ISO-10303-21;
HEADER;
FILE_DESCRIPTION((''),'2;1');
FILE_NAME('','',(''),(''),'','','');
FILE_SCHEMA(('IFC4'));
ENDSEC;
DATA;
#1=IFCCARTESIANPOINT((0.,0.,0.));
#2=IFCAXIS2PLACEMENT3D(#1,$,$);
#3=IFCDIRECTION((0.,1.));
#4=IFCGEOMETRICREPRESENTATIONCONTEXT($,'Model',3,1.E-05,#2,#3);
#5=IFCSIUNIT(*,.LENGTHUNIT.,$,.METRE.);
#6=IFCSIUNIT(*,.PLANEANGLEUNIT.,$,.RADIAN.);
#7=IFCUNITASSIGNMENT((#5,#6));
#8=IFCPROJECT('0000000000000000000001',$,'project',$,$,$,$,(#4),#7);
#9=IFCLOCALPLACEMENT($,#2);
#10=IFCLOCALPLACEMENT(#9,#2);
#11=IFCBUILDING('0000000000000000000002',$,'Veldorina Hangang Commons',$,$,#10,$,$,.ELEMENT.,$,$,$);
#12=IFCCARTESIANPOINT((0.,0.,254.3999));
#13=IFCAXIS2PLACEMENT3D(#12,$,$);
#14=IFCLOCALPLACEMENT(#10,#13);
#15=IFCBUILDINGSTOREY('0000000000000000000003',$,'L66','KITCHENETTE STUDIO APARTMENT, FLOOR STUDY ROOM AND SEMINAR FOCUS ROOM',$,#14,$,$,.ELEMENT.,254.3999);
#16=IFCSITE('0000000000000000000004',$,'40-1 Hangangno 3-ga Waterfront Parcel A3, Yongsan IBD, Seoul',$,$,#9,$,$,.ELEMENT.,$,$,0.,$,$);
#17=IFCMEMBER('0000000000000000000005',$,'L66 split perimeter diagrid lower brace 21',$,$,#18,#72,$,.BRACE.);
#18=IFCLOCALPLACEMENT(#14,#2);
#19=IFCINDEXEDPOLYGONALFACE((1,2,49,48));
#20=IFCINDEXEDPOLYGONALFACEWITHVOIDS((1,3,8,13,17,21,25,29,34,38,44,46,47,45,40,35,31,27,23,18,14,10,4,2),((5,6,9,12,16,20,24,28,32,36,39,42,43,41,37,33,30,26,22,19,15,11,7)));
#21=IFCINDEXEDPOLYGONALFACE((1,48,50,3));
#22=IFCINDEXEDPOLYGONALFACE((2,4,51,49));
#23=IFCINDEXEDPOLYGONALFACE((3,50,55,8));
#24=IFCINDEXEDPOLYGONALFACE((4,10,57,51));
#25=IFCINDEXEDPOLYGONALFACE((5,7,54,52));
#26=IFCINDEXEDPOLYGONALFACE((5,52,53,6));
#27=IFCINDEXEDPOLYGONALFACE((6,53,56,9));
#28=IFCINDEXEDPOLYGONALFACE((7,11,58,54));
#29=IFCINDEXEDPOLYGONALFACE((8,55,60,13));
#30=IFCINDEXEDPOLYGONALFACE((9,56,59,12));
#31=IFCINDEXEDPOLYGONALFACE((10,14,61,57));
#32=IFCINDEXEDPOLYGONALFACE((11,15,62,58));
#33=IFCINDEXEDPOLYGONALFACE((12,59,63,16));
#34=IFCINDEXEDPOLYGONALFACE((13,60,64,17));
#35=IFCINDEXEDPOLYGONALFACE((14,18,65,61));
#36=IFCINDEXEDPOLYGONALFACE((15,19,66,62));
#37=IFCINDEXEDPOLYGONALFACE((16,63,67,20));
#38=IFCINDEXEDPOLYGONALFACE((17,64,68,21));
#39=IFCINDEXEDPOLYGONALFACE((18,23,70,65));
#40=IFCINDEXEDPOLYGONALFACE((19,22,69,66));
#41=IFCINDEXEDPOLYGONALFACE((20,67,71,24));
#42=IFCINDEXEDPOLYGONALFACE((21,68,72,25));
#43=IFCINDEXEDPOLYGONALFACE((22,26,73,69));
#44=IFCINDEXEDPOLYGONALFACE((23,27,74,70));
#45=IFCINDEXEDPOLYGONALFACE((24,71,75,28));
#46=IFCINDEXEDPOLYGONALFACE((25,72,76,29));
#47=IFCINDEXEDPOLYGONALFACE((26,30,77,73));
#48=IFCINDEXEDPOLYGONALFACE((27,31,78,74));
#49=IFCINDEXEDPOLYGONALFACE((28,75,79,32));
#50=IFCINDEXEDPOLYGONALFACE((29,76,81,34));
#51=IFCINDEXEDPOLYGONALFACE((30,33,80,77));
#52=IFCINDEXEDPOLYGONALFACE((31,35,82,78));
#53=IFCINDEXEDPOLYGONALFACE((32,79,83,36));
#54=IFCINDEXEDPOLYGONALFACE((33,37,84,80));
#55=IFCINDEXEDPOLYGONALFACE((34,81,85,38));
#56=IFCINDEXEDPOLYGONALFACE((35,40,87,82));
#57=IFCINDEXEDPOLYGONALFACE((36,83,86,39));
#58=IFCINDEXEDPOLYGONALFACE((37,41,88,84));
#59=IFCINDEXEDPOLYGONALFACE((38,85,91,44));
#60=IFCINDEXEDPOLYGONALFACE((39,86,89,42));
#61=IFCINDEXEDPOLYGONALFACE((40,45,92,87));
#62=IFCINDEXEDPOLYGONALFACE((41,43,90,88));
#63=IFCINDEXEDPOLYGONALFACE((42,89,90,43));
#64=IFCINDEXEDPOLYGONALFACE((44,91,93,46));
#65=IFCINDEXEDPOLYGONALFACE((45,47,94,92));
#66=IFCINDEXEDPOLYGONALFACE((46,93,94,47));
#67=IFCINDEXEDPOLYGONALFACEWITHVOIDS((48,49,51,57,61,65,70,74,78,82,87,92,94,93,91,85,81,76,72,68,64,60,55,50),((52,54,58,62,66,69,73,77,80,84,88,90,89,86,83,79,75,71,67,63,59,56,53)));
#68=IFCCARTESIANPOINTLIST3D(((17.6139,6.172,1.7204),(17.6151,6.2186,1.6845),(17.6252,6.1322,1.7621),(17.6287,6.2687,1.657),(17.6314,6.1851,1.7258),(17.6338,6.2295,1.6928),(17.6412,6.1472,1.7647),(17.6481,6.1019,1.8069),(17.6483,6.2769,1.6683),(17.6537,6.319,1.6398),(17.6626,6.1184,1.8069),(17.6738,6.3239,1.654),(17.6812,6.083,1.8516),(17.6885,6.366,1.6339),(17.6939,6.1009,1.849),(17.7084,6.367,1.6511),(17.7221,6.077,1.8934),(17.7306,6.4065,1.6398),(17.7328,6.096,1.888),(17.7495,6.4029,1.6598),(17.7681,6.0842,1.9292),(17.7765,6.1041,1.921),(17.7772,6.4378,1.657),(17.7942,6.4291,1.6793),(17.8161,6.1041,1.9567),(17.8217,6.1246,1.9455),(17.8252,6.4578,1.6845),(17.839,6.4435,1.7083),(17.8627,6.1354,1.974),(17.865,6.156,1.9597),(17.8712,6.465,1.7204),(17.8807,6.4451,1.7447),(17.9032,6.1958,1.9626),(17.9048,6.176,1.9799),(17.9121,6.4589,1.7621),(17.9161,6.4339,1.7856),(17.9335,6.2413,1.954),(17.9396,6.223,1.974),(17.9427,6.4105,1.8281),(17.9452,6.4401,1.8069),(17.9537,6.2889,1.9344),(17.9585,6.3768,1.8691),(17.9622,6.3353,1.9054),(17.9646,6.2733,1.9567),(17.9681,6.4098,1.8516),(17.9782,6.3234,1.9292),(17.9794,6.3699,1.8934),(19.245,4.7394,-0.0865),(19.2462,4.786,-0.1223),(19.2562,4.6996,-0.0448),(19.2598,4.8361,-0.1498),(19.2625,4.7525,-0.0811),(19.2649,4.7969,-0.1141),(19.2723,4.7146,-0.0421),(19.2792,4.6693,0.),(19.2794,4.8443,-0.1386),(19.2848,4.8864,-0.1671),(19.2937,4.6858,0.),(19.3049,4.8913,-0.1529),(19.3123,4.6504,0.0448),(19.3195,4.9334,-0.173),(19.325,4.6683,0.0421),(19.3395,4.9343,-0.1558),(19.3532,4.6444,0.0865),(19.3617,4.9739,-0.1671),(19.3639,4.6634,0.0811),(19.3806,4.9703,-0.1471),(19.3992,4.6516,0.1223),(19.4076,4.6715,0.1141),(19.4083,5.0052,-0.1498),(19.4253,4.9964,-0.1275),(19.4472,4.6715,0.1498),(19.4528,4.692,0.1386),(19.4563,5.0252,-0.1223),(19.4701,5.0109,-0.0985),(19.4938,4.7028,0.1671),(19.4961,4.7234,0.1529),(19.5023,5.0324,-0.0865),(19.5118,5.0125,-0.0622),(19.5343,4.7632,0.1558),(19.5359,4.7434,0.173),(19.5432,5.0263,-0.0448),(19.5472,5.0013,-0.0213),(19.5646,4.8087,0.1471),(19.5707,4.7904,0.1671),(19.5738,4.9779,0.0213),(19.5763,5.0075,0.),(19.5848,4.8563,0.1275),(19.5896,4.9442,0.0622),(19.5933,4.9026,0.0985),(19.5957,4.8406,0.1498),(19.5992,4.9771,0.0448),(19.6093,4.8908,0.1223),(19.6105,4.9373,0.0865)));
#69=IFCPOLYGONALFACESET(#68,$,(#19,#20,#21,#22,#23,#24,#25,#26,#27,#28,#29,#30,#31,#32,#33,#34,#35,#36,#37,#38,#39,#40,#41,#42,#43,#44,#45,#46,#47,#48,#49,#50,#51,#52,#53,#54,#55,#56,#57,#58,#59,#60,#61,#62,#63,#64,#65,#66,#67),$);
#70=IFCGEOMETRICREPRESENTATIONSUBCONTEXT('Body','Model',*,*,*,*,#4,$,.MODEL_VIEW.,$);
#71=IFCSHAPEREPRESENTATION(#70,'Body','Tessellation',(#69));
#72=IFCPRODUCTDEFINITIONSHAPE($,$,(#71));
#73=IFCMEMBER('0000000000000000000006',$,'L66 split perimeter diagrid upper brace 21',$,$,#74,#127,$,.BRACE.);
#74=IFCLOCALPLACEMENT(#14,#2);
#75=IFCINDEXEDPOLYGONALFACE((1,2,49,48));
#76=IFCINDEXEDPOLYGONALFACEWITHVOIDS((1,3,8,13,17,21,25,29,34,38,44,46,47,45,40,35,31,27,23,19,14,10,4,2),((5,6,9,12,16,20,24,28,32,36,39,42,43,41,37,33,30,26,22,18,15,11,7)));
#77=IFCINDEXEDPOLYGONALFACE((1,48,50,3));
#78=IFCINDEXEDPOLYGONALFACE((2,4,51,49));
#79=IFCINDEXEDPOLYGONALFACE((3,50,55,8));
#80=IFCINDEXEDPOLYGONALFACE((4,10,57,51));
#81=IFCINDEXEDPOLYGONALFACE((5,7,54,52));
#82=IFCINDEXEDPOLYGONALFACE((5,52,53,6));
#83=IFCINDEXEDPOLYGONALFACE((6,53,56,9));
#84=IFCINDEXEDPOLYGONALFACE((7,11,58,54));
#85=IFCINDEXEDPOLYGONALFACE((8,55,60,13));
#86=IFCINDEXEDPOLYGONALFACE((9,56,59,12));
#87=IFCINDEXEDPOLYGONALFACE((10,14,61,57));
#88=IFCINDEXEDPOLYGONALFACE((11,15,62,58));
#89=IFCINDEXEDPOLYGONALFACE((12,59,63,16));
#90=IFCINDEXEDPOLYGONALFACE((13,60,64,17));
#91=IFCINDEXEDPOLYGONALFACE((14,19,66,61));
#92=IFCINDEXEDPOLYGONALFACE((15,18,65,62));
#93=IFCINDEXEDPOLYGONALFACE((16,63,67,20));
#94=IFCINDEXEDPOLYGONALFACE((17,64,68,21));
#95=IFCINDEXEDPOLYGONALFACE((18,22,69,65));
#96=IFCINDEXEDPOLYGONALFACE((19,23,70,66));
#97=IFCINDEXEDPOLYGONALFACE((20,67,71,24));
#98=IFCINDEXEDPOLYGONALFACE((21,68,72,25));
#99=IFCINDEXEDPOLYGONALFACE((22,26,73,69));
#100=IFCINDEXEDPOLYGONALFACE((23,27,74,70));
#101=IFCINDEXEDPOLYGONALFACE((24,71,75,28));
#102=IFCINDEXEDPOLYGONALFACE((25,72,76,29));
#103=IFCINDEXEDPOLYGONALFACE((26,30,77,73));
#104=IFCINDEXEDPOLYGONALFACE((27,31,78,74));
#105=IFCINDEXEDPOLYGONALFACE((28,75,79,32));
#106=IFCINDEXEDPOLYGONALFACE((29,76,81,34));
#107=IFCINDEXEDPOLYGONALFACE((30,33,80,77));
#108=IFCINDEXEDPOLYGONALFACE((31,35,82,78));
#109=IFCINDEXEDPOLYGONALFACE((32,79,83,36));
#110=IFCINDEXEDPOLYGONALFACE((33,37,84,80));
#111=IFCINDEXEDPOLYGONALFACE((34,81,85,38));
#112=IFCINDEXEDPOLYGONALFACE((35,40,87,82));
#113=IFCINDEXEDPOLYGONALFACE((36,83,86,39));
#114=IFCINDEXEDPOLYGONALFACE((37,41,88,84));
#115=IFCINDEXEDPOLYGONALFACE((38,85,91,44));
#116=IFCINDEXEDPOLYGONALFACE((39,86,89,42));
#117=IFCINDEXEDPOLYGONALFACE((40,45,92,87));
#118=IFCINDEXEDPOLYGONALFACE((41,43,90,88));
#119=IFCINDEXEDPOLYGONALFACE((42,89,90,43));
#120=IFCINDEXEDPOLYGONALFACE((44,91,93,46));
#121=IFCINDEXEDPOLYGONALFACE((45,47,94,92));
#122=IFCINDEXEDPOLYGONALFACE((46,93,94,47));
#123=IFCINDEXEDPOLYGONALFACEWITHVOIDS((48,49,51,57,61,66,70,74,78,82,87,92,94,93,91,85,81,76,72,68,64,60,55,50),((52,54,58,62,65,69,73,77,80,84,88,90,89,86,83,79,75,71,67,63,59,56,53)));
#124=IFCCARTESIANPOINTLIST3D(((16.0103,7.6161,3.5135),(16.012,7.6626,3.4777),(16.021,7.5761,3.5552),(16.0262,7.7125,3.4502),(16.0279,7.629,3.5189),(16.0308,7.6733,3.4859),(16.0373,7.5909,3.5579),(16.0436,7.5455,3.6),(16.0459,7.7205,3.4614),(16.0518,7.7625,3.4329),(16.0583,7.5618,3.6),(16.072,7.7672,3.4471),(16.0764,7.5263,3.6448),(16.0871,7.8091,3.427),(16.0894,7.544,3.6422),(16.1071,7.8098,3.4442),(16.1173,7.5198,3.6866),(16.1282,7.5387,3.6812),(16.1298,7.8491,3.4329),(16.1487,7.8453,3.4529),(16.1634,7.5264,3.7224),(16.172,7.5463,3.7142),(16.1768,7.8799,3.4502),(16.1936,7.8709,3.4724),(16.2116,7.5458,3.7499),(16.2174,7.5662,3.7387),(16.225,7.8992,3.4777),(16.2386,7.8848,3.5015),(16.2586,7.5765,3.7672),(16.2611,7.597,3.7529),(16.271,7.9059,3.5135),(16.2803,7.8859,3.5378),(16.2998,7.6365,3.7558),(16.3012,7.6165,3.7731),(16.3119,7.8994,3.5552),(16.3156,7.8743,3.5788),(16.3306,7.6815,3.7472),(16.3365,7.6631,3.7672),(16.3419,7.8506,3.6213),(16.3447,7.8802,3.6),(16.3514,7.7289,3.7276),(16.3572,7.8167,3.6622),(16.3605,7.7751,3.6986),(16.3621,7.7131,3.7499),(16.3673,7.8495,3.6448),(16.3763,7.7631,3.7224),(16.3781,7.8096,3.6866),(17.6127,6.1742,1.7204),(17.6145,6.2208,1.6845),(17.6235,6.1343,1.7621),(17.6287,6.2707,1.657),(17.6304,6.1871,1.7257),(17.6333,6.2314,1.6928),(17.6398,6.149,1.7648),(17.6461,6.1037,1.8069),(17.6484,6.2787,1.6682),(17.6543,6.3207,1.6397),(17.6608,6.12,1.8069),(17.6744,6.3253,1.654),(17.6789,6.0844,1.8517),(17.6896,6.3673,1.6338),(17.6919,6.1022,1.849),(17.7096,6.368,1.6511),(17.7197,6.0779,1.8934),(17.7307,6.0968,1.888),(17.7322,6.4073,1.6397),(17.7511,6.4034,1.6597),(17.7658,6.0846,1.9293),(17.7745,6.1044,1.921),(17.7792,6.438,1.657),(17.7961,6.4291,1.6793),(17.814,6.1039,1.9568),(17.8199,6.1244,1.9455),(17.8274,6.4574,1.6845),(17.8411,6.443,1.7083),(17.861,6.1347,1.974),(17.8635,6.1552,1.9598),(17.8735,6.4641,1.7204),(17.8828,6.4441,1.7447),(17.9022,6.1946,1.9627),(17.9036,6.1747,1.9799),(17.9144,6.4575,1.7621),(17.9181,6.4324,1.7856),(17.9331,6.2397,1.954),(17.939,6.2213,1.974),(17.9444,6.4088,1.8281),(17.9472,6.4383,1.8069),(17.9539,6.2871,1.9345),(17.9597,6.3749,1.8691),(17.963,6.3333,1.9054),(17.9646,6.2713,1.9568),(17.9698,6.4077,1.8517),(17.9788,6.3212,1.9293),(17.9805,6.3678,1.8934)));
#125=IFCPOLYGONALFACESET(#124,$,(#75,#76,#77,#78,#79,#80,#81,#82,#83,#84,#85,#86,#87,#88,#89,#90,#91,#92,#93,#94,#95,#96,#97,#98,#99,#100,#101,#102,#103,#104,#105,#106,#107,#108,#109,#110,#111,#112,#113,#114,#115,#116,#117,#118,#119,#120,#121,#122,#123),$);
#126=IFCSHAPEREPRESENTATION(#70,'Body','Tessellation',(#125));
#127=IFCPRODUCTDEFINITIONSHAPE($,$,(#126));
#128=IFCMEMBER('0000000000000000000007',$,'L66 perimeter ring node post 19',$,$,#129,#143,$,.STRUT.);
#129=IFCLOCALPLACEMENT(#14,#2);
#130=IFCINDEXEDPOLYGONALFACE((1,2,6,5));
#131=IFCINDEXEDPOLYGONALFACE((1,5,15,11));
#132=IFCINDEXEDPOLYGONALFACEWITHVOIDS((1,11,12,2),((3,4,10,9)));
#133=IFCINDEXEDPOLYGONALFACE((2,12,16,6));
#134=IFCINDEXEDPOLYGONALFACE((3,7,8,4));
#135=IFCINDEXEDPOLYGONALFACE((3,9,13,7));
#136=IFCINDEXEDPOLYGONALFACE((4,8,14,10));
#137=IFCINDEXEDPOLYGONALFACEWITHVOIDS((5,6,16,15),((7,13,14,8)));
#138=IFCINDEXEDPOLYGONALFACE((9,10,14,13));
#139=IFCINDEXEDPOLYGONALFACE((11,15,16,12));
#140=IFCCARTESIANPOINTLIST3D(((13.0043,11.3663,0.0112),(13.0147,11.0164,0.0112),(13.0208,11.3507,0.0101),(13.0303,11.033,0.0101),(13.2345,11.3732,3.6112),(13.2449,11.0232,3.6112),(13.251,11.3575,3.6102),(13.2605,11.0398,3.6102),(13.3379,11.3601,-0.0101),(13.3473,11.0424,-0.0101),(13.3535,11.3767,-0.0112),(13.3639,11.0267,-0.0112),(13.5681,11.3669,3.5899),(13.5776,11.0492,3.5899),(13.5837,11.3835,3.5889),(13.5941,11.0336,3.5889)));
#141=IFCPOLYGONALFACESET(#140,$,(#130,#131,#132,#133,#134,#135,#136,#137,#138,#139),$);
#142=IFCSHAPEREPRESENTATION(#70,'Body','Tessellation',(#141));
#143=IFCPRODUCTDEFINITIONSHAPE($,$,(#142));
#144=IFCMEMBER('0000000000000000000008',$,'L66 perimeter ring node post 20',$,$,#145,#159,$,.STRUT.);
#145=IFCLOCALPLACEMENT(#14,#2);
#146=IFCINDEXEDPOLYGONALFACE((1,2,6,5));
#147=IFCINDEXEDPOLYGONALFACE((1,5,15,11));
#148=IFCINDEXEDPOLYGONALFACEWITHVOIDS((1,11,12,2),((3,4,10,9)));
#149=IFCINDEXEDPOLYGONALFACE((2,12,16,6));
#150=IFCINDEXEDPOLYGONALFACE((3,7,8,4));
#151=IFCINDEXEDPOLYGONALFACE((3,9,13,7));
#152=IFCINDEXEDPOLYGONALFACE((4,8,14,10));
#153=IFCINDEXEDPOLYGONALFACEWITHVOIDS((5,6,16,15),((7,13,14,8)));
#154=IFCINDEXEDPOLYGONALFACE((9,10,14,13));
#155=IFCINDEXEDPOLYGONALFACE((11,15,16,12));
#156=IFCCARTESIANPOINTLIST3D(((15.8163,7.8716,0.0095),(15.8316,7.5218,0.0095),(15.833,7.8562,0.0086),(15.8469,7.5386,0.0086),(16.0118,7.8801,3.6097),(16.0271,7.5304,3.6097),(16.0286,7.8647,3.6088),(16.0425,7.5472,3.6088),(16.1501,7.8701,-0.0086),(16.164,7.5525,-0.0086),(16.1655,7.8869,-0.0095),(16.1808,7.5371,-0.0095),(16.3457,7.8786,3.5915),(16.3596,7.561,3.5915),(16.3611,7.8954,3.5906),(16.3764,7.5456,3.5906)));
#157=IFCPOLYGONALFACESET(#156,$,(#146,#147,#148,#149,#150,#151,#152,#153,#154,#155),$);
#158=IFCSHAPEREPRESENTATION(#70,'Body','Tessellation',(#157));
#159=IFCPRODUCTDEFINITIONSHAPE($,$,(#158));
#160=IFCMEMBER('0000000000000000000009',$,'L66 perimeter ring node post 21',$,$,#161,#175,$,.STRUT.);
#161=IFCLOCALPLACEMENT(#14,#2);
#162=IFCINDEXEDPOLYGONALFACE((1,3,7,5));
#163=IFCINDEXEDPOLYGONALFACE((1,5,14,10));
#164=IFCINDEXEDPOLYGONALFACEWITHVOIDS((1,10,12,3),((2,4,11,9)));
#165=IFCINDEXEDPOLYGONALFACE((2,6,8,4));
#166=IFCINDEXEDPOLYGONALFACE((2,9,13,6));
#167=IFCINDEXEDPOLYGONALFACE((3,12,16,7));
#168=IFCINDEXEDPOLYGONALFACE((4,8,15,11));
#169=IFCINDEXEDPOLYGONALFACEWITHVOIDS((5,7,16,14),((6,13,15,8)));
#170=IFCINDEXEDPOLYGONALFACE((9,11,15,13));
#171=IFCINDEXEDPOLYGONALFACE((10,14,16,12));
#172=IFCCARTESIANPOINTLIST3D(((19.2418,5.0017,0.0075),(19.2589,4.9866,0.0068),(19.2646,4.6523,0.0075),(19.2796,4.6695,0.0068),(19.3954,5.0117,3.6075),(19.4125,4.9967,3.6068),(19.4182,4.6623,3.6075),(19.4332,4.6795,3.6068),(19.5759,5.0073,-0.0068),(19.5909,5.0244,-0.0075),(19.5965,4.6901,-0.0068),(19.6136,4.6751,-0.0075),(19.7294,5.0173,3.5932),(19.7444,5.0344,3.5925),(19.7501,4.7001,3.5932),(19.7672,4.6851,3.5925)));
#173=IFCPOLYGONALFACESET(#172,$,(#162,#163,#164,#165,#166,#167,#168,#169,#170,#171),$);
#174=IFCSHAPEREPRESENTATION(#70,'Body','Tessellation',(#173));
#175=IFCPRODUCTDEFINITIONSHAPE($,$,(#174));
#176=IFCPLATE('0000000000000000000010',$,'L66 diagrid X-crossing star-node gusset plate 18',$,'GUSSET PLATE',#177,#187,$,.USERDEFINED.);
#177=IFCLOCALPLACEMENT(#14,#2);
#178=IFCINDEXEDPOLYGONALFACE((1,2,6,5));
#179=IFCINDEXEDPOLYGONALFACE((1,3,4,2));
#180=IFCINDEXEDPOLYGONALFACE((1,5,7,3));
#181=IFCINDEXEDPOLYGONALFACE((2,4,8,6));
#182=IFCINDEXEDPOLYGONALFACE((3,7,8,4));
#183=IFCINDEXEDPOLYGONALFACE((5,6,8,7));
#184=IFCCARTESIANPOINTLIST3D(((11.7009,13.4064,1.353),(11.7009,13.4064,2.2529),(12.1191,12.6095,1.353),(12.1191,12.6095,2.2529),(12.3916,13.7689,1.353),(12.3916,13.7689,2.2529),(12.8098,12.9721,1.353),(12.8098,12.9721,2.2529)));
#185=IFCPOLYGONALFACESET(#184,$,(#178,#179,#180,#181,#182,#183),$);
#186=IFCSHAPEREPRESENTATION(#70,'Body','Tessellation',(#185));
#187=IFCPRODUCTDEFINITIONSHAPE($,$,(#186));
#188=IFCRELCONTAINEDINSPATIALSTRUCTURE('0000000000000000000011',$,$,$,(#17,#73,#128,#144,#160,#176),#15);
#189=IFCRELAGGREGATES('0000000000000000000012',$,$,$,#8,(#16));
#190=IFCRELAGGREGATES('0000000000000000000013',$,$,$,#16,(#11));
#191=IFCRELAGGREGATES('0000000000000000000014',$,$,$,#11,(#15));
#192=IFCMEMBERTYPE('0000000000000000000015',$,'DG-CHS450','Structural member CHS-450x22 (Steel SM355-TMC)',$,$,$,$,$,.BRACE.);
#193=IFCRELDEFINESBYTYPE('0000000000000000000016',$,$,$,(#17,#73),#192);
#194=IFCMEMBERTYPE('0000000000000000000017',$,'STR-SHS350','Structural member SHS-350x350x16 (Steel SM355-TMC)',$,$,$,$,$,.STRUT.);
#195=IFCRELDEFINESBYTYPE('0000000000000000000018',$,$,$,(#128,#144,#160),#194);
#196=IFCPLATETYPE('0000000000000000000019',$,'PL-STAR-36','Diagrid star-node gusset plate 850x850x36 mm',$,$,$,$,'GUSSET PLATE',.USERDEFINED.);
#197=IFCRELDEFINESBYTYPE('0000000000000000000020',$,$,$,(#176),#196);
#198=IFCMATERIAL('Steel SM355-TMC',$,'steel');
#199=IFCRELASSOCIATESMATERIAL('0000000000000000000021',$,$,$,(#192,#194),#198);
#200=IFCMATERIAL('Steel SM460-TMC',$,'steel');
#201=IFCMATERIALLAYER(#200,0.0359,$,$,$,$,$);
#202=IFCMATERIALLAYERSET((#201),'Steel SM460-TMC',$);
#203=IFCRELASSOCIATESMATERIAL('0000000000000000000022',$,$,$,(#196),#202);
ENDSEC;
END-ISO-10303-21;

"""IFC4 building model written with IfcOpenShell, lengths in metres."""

from ifc_helpers import new_model, si_unit, direction, frame, origin, origin_2d, place, context, subcontext, project, spatial, rectangle, hollow_rectangle, hollow_circle, extrude, material, layer, layer_set, material_profile, profile_set, type_object, element, save


model = new_model("IFC4")

# Units and contexts
model_context = context("Model", 3, precision=1e-05, world=origin(), true_north=direction((0.0, 1.0)))
body_context = subcontext(model_context, "Body", "Model", "MODEL_VIEW")
ifc_project = project(units=[si_unit("LENGTHUNIT", "METRE"), si_unit("PLANEANGLEUNIT", "RADIAN")], contexts=[model_context])

# Site, building, storey
site_placement = place(None, origin())
site = spatial("IfcSite", under=ifc_project, at=site_placement, Name="40-1 Hangangno 3-ga Waterfront Parcel A3, Yongsan IBD, Seoul", CompositionType="ELEMENT", RefElevation=0.0)
building_placement = place(site_placement, origin())
building = spatial("IfcBuilding", under=site, at=building_placement, Name="Veldorina Hangang Commons", CompositionType="ELEMENT")
storey_placement = place(building_placement, frame((0.0, 0.0, 254.3999)))
storey = spatial("IfcBuildingStorey", under=building, at=storey_placement, Name="L66", Description="KITCHENETTE STUDIO APARTMENT, FLOOR STUDY ROOM AND SEMINAR FOCUS ROOM", CompositionType="ELEMENT", Elevation=254.3999)

# Shared definitions
ifc_material_1 = material(Name="Steel SM355-TMC", Category="steel")

# Members
ifc_material_profile_1 = material_profile(ifc_material_1, hollow_circle(Radius=0.2251, WallThickness=0.022, at=origin_2d()), Name="CHS-450x22")
ifc_profile_set_1 = profile_set([ifc_material_profile_1], Name="Steel SM355-TMC")
member_type_1 = type_object("IfcMemberType", Name="DG-CHS450", Description="Structural member CHS-450x22 (Steel SM355-TMC)", PredefinedType="BRACE", material=ifc_profile_set_1)
member_1_placement = place(storey_placement, frame((19.4277, 4.8384, 0.0), z_axis=(-0.577487, 0.507213, 0.639722), x_axis=(-0.659913, -0.751342, 0.0)))
element("IfcMember", 1, at=member_1_placement, inside=storey, type_object=member_type_1, Name="L66 split perimeter diagrid lower brace 21", PredefinedType="BRACE", context=body_context, shape_type="SweptSolid", body=[
    extrude(hollow_circle(Radius=0.2251, WallThickness=0.022, at=origin_2d()), origin(), (0.0, 0.0, 1.0), 2.8245),
])
member_2_placement = place(storey_placement, frame((17.7966, 6.271, 1.8069), z_axis=(-0.571505, 0.514215, 0.639504), x_axis=(-0.668865, -0.743384, 0.0)))
element("IfcMember", 2, at=member_2_placement, inside=storey, type_object=member_type_1, Name="L66 split perimeter diagrid upper brace 21", PredefinedType="BRACE", context=body_context, shape_type="SweptSolid", body=[
    extrude(hollow_circle(Radius=0.2251, WallThickness=0.022, at=origin_2d()), origin(), (0.0, 0.0, 1.0), 2.804),
])
ifc_material_profile_2 = material_profile(ifc_material_1, hollow_rectangle(XDim=0.3501, YDim=0.3501, WallThickness=0.0161, at=origin_2d()), Name="SHS-350x350x16")
ifc_profile_set_2 = profile_set([ifc_material_profile_2], Name="Steel SM355-TMC")
member_type_2 = type_object("IfcMemberType", Name="STR-SHS350", Description="Structural member SHS-350x350x16 (Steel SM355-TMC)", PredefinedType="STRUT", material=ifc_profile_set_2)
member_3_placement = place(storey_placement, frame((13.1841, 11.1965, 0.0), z_axis=(0.063819, 0.001895, 0.99796), x_axis=(-0.029679, 0.999559, 0.0)))
element("IfcMember", 3, at=member_3_placement, inside=storey, type_object=member_type_2, Name="L66 perimeter ring node post 19", PredefinedType="STRUT", context=body_context, shape_type="SweptSolid", body=[
    extrude(hollow_rectangle(XDim=0.3501, YDim=0.3501, WallThickness=0.0161, at=origin_2d()), origin(), (0.0, 0.0, 1.0), 3.6074),
])
member_4_placement = place(storey_placement, frame((15.9985, 7.7043, 0.0), z_axis=(0.05424, 0.00237, 0.998525), x_axis=(-0.043654, 0.999047, 0.0)))
element("IfcMember", 4, at=member_4_placement, inside=storey, type_object=member_type_2, Name="L66 perimeter ring node post 20", PredefinedType="STRUT", context=body_context, shape_type="SweptSolid", body=[
    extrude(hollow_rectangle(XDim=0.3501, YDim=0.3501, WallThickness=0.0161, at=origin_2d()), origin(), (0.0, 0.0, 1.0), 3.6055),
])
member_5_placement = place(storey_placement, frame((19.4277, 4.8384, 0.0), z_axis=(0.042617, 0.002778, 0.999088), x_axis=(-0.065045, 0.997882, 0.0)))
element("IfcMember", 5, at=member_5_placement, inside=storey, type_object=member_type_2, Name="L66 perimeter ring node post 21", PredefinedType="STRUT", context=body_context, shape_type="SweptSolid", body=[
    extrude(hollow_rectangle(XDim=0.3501, YDim=0.3501, WallThickness=0.0161, at=origin_2d()), origin(), (0.0, 0.0, 1.0), 3.6033),
])

# Plate
ifc_material_2 = material(Name="Steel SM460-TMC", Category="steel")
ifc_layer_1 = layer(ifc_material_2, 0.0359)
ifc_layer_set_1 = layer_set([ifc_layer_1], Name="Steel SM460-TMC")
plate_type = type_object("IfcPlateType", Name="PL-STAR-36", Description="Diagrid star-node gusset plate 850x850x36 mm", ElementType="GUSSET PLATE", PredefinedType="USERDEFINED", material=ifc_layer_set_1)
plate_1_placement = place(storey_placement, frame((12.2554, 13.1892, 1.353), z_axis=(0.0, 0.0, 1.0), x_axis=(0.464734, -0.88545, 0.0)))
element("IfcPlate", 6, at=plate_1_placement, inside=storey, type_object=plate_type, Name="L66 diagrid X-crossing star-node gusset plate 18", ObjectType="GUSSET PLATE", PredefinedType="USERDEFINED", context=body_context, shape_type="SweptSolid", body=[
    extrude(rectangle(XDim=0.8999, YDim=0.78, at=origin_2d()), origin(), (0.0, 0.0, 1.0), 0.8999),
])

save(model, "model.ifc")
